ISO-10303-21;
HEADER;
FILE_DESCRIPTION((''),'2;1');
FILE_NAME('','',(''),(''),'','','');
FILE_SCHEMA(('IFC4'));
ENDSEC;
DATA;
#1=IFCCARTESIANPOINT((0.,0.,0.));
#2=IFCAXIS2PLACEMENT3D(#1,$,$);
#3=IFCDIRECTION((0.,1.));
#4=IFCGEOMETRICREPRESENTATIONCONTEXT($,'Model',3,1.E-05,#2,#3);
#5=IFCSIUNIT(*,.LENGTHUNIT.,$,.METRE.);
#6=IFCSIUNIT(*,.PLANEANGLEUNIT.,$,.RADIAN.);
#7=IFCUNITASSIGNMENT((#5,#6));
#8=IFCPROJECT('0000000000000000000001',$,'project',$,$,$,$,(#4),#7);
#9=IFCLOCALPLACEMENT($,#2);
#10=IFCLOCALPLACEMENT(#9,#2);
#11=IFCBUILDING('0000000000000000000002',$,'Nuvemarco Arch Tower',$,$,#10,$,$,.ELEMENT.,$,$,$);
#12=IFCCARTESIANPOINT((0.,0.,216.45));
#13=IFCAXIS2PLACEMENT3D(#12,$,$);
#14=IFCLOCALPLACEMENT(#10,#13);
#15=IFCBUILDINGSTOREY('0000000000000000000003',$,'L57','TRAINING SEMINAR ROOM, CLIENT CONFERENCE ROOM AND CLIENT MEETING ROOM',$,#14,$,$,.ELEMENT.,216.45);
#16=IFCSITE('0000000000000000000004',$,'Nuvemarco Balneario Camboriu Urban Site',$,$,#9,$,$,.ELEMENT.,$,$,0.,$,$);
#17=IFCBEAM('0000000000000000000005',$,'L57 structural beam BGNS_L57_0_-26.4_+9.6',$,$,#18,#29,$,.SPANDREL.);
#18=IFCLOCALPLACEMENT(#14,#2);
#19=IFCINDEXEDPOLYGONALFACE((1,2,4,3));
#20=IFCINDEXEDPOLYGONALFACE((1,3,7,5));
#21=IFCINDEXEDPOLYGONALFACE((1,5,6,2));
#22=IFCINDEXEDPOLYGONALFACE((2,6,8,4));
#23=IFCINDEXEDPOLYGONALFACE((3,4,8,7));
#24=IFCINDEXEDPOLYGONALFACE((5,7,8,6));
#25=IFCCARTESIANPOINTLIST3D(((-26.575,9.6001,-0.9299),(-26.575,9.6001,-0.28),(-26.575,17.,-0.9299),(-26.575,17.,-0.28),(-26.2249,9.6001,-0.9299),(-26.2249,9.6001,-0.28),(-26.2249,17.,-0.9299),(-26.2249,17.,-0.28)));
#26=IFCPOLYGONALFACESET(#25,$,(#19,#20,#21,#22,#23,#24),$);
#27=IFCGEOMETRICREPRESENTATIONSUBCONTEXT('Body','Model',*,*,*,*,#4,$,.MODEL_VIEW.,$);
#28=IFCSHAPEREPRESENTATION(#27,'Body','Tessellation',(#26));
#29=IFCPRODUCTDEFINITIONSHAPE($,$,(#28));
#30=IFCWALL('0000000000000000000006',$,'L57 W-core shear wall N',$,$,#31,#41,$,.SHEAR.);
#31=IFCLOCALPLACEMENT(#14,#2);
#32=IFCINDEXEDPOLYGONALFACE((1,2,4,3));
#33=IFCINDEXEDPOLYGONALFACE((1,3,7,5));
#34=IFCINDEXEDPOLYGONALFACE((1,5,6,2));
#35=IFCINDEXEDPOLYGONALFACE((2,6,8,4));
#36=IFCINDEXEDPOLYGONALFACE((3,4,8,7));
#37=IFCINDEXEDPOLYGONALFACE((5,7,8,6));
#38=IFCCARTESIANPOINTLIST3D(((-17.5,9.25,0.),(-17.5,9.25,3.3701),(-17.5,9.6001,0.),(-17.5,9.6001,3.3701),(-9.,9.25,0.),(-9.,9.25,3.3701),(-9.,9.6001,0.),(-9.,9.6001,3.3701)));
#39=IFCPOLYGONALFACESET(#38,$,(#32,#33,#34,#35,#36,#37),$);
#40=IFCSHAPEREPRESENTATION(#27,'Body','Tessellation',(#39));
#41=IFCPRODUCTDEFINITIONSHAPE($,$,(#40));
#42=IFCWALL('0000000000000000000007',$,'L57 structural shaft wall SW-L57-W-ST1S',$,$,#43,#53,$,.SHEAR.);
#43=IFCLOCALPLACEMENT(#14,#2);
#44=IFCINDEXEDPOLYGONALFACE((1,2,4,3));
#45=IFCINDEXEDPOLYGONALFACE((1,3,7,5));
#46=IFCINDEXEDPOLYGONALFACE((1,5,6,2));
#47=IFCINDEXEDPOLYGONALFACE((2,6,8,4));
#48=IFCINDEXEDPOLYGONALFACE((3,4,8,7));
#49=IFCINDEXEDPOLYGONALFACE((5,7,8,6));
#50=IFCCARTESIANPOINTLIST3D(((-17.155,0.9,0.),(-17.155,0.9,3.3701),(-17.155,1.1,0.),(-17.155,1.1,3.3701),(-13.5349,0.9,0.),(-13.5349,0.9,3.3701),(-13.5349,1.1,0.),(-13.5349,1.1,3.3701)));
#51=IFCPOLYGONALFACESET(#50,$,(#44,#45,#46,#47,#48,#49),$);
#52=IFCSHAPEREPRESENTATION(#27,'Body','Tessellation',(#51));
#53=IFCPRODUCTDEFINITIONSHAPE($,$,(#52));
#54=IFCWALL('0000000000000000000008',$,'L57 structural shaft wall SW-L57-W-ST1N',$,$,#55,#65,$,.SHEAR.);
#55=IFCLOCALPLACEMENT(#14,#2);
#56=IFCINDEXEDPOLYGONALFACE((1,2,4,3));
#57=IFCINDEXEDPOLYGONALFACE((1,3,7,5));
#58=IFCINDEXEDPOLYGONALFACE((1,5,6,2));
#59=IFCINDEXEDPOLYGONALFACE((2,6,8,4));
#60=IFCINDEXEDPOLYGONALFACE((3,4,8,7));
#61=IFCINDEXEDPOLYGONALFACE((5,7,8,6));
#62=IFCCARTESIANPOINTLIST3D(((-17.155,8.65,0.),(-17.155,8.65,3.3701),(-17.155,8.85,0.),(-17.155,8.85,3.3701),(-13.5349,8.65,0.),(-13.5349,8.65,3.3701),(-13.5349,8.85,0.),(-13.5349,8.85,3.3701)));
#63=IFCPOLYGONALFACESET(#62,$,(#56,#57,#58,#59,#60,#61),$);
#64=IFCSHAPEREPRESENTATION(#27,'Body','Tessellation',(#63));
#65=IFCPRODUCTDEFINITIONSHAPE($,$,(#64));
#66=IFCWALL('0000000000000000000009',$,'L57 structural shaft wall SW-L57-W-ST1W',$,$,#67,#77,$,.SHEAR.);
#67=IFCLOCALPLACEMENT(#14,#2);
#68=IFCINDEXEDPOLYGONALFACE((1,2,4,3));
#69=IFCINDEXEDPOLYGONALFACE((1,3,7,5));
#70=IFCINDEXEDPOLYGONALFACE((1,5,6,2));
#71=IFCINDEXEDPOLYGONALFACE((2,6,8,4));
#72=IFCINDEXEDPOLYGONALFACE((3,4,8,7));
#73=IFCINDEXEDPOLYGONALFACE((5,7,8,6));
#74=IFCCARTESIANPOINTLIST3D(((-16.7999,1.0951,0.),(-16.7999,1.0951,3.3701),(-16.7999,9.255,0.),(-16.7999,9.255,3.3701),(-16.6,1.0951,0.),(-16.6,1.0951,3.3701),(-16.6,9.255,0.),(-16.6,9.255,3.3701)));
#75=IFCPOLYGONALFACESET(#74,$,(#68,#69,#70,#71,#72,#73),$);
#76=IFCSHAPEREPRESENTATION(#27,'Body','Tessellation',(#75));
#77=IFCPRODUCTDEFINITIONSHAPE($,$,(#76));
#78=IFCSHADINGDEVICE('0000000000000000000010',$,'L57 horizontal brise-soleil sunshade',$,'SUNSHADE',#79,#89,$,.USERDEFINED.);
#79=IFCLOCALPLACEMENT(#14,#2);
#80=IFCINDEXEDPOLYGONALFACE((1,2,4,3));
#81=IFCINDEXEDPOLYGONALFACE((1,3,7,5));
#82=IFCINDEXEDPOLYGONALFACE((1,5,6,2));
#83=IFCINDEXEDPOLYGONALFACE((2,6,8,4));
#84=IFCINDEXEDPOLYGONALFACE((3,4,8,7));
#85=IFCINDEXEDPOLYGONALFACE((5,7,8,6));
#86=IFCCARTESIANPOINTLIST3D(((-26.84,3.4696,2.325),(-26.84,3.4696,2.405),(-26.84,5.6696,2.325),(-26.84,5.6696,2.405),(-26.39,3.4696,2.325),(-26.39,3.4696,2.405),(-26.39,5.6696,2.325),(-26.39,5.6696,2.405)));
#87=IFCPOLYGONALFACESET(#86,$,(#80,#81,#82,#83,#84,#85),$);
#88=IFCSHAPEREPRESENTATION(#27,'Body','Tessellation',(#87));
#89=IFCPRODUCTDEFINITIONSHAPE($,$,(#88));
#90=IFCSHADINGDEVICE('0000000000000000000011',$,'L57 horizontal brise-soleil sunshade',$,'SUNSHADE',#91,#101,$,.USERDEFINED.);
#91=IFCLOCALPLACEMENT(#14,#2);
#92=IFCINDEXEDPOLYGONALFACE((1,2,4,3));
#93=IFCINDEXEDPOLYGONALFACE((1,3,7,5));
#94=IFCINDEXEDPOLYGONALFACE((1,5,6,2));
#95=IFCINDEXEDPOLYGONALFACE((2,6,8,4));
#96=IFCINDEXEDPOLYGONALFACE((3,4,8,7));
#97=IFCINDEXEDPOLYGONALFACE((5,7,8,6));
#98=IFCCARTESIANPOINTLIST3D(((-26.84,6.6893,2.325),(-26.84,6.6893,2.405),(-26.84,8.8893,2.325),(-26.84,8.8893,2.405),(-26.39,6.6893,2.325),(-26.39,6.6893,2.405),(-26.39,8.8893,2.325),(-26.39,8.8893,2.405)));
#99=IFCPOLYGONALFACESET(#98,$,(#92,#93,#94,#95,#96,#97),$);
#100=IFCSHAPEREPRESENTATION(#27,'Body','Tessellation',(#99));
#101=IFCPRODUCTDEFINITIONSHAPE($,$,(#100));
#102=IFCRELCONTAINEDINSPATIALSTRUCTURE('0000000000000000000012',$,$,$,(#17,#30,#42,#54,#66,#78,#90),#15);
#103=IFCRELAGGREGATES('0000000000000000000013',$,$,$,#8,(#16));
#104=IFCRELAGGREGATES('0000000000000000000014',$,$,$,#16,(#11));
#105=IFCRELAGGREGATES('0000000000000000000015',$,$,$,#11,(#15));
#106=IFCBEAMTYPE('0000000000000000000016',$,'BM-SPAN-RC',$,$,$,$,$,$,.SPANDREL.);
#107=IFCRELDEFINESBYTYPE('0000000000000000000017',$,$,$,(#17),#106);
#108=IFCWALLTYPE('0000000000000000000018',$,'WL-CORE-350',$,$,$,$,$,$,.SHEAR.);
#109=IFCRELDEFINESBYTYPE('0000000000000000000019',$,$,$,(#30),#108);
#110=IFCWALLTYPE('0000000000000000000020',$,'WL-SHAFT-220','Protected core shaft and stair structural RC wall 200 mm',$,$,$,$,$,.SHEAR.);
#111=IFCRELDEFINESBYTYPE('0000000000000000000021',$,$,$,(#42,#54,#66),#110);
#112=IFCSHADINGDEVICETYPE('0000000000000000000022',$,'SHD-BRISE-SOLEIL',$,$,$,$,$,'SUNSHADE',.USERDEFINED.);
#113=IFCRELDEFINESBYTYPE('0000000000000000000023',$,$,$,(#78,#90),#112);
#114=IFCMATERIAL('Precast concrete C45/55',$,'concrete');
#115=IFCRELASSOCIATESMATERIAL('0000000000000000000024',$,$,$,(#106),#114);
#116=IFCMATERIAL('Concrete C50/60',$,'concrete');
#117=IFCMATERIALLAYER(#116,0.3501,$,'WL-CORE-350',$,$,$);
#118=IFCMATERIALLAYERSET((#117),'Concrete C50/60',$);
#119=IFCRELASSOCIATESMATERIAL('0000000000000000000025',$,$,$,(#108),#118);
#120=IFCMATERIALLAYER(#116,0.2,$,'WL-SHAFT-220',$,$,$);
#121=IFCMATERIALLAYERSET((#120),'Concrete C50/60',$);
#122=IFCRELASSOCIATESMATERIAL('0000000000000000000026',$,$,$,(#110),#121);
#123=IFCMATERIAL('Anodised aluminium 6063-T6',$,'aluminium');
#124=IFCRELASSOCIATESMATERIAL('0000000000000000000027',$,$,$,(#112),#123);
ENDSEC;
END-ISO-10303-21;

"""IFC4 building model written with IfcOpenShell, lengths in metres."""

from ifc_helpers import new_model, si_unit, direction, frame, frame_2d, origin, origin_2d, place, context, subcontext, project, spatial, rectangle, extrude, source, transform, mapped, material, layer, layer_set, material_profile, profile_set, type_object, type_shapes, element, save


model = new_model("IFC4")

# Units and contexts
model_context = context("Model", 3, precision=1e-05, world=origin(), true_north=direction((0.0, 1.0)))
body_context = subcontext(model_context, "Body", "Model", "MODEL_VIEW")
ifc_project = project(units=[si_unit("LENGTHUNIT", "METRE"), si_unit("PLANEANGLEUNIT", "RADIAN")], contexts=[model_context])

# Site, building, storey
site_placement = place(None, origin())
site = spatial("IfcSite", under=ifc_project, at=site_placement, Name="Nuvemarco Balneario Camboriu Urban Site", CompositionType="ELEMENT", RefElevation=0.0)
building_placement = place(site_placement, origin())
building = spatial("IfcBuilding", under=site, at=building_placement, Name="Nuvemarco Arch Tower", CompositionType="ELEMENT")
storey_placement = place(building_placement, frame((0.0, 0.0, 216.45)))
storey = spatial("IfcBuildingStorey", under=building, at=storey_placement, Name="L57", Description="TRAINING SEMINAR ROOM, CLIENT CONFERENCE ROOM AND CLIENT MEETING ROOM", CompositionType="ELEMENT", Elevation=216.45)

# Shared definitions
ifc_material_1 = material(Name="Concrete C50/60", Category="concrete")

# Beam
ifc_material_2 = material(Name="Precast concrete C45/55", Category="concrete")
ifc_material_profile_1 = material_profile(ifc_material_2, rectangle(XDim=0.3501, YDim=0.6499, at=origin_2d()), Name="PC-SP-350x650")
ifc_profile_set_1 = profile_set([ifc_material_profile_1], Name="Precast concrete C45/55")
beam_type_1 = type_object("IfcBeamType", Name="BM-SPAN-RC", PredefinedType="SPANDREL", material=ifc_profile_set_1)
beam_1_placement = place(storey_placement, frame((-26.3999, 9.6001, -0.605), z_axis=(0.0, 1.0, 0.0), x_axis=(-1.0, 0.0, 0.0)))
element("IfcBeam", 1, at=beam_1_placement, inside=storey, type_object=beam_type_1, Name="L57 structural beam BGNS_L57_0_-26.4_+9.6", PredefinedType="SPANDREL", context=body_context, shape_type="SweptSolid", body=[
    extrude(rectangle(XDim=0.3501, YDim=0.6499, at=origin_2d()), origin(), (0.0, 0.0, 1.0), 7.3999),
])

# Walls
ifc_layer_1 = layer(ifc_material_1, 0.3501, Name="WL-CORE-350")
ifc_layer_set_1 = layer_set([ifc_layer_1], Name="Concrete C50/60")
wall_type_1 = type_object("IfcWallType", Name="WL-CORE-350", PredefinedType="SHEAR", material=ifc_layer_set_1)
wall_1_placement = place(storey_placement, frame((-17.5, 9.425, 0.0), z_axis=(0.0, 0.0, 1.0), x_axis=(1.0, 0.0, 0.0)))
element("IfcWall", 2, at=wall_1_placement, inside=storey, type_object=wall_type_1, Name="L57 W-core shear wall N", PredefinedType="SHEAR", context=body_context, shape_type="SweptSolid", body=[
    extrude(rectangle(XDim=8.5, YDim=0.3501, at=frame_2d((4.25, 0.0))), origin(), (0.0, 0.0, 1.0), 3.3701),
])
ifc_layer_2 = layer(ifc_material_1, 0.2, Name="WL-SHAFT-220")
ifc_layer_set_2 = layer_set([ifc_layer_2], Name="Concrete C50/60")
wall_type_2 = type_object("IfcWallType", Name="WL-SHAFT-220", Description="Protected core shaft and stair structural RC wall 200 mm", PredefinedType="SHEAR", material=ifc_layer_set_2)
for number, where, z_axis, x_axis, name in (
    (3, (-17.155, 1.0, 0.0), (0.0, 0.0, 1.0), (1.0, 0.0, 0.0), "L57 structural shaft wall SW-L57-W-ST1S"),
    (4, (-17.155, 8.75, 0.0), (0.0, 0.0, 1.0), (1.0, 0.0, 0.0), "L57 structural shaft wall SW-L57-W-ST1N"),
):
    element("IfcWall", number, at=place(storey_placement, frame(where, z_axis=z_axis, x_axis=x_axis)), inside=storey, type_object=wall_type_2, Name=name, PredefinedType="SHEAR", context=body_context, shape_type="SweptSolid", body=[
        extrude(rectangle(XDim=3.6201, YDim=0.2, at=frame_2d((1.8101, 0.0))), origin(), (0.0, 0.0, 1.0), 3.3701),
    ])
wall_2_placement = place(storey_placement, frame((-16.7, 1.095, 0.0), z_axis=(0.0, 0.0, 1.0), x_axis=(0.0, 1.0, 0.0)))
element("IfcWall", 5, at=wall_2_placement, inside=storey, type_object=wall_type_2, Name="L57 structural shaft wall SW-L57-W-ST1W", PredefinedType="SHEAR", context=body_context, shape_type="SweptSolid", body=[
    extrude(rectangle(XDim=8.1599, YDim=0.2, at=frame_2d((4.0801, 0.0))), origin(), (0.0, 0.0, 1.0), 3.3701),
])

# Shading devices
ifc_material_3 = material(Name="Anodised aluminium 6063-T6", Category="aluminium")
shading_device_type = type_object("IfcShadingDeviceType", Name="SHD-BRISE-SOLEIL", ElementType="SUNSHADE", PredefinedType="USERDEFINED", material=ifc_material_3)
shared_shape = source(origin(), body_context, "Body", "SweptSolid", [
    extrude(rectangle(XDim=2.2, YDim=0.45, at=origin_2d()), origin(), (0.0, 0.0, 1.0), 0.0801),
])
type_shapes(shading_device_type, [shared_shape])
for number, where, z_axis, x_axis, name in (
    (6, (-26.615, 4.5696, 2.325), (0.0, 0.0, 1.0), (0.0, 1.0, 0.0), "L57 horizontal brise-soleil sunshade"),
    (7, (-26.615, 7.7893, 2.325), (0.0, 0.0, 1.0), (0.0, 1.0, 0.0), "L57 horizontal brise-soleil sunshade"),
):
    element("IfcShadingDevice", number, at=place(storey_placement, frame(where, z_axis=z_axis, x_axis=x_axis)), inside=storey, type_object=shading_device_type, Name=name, ObjectType="SUNSHADE", PredefinedType="USERDEFINED", context=body_context, shape_type="MappedRepresentation", body=[
        mapped(shared_shape, transform((0.0, 0.0, 0.0), scale=1.0)),
    ])

save(model, "model.ifc")
